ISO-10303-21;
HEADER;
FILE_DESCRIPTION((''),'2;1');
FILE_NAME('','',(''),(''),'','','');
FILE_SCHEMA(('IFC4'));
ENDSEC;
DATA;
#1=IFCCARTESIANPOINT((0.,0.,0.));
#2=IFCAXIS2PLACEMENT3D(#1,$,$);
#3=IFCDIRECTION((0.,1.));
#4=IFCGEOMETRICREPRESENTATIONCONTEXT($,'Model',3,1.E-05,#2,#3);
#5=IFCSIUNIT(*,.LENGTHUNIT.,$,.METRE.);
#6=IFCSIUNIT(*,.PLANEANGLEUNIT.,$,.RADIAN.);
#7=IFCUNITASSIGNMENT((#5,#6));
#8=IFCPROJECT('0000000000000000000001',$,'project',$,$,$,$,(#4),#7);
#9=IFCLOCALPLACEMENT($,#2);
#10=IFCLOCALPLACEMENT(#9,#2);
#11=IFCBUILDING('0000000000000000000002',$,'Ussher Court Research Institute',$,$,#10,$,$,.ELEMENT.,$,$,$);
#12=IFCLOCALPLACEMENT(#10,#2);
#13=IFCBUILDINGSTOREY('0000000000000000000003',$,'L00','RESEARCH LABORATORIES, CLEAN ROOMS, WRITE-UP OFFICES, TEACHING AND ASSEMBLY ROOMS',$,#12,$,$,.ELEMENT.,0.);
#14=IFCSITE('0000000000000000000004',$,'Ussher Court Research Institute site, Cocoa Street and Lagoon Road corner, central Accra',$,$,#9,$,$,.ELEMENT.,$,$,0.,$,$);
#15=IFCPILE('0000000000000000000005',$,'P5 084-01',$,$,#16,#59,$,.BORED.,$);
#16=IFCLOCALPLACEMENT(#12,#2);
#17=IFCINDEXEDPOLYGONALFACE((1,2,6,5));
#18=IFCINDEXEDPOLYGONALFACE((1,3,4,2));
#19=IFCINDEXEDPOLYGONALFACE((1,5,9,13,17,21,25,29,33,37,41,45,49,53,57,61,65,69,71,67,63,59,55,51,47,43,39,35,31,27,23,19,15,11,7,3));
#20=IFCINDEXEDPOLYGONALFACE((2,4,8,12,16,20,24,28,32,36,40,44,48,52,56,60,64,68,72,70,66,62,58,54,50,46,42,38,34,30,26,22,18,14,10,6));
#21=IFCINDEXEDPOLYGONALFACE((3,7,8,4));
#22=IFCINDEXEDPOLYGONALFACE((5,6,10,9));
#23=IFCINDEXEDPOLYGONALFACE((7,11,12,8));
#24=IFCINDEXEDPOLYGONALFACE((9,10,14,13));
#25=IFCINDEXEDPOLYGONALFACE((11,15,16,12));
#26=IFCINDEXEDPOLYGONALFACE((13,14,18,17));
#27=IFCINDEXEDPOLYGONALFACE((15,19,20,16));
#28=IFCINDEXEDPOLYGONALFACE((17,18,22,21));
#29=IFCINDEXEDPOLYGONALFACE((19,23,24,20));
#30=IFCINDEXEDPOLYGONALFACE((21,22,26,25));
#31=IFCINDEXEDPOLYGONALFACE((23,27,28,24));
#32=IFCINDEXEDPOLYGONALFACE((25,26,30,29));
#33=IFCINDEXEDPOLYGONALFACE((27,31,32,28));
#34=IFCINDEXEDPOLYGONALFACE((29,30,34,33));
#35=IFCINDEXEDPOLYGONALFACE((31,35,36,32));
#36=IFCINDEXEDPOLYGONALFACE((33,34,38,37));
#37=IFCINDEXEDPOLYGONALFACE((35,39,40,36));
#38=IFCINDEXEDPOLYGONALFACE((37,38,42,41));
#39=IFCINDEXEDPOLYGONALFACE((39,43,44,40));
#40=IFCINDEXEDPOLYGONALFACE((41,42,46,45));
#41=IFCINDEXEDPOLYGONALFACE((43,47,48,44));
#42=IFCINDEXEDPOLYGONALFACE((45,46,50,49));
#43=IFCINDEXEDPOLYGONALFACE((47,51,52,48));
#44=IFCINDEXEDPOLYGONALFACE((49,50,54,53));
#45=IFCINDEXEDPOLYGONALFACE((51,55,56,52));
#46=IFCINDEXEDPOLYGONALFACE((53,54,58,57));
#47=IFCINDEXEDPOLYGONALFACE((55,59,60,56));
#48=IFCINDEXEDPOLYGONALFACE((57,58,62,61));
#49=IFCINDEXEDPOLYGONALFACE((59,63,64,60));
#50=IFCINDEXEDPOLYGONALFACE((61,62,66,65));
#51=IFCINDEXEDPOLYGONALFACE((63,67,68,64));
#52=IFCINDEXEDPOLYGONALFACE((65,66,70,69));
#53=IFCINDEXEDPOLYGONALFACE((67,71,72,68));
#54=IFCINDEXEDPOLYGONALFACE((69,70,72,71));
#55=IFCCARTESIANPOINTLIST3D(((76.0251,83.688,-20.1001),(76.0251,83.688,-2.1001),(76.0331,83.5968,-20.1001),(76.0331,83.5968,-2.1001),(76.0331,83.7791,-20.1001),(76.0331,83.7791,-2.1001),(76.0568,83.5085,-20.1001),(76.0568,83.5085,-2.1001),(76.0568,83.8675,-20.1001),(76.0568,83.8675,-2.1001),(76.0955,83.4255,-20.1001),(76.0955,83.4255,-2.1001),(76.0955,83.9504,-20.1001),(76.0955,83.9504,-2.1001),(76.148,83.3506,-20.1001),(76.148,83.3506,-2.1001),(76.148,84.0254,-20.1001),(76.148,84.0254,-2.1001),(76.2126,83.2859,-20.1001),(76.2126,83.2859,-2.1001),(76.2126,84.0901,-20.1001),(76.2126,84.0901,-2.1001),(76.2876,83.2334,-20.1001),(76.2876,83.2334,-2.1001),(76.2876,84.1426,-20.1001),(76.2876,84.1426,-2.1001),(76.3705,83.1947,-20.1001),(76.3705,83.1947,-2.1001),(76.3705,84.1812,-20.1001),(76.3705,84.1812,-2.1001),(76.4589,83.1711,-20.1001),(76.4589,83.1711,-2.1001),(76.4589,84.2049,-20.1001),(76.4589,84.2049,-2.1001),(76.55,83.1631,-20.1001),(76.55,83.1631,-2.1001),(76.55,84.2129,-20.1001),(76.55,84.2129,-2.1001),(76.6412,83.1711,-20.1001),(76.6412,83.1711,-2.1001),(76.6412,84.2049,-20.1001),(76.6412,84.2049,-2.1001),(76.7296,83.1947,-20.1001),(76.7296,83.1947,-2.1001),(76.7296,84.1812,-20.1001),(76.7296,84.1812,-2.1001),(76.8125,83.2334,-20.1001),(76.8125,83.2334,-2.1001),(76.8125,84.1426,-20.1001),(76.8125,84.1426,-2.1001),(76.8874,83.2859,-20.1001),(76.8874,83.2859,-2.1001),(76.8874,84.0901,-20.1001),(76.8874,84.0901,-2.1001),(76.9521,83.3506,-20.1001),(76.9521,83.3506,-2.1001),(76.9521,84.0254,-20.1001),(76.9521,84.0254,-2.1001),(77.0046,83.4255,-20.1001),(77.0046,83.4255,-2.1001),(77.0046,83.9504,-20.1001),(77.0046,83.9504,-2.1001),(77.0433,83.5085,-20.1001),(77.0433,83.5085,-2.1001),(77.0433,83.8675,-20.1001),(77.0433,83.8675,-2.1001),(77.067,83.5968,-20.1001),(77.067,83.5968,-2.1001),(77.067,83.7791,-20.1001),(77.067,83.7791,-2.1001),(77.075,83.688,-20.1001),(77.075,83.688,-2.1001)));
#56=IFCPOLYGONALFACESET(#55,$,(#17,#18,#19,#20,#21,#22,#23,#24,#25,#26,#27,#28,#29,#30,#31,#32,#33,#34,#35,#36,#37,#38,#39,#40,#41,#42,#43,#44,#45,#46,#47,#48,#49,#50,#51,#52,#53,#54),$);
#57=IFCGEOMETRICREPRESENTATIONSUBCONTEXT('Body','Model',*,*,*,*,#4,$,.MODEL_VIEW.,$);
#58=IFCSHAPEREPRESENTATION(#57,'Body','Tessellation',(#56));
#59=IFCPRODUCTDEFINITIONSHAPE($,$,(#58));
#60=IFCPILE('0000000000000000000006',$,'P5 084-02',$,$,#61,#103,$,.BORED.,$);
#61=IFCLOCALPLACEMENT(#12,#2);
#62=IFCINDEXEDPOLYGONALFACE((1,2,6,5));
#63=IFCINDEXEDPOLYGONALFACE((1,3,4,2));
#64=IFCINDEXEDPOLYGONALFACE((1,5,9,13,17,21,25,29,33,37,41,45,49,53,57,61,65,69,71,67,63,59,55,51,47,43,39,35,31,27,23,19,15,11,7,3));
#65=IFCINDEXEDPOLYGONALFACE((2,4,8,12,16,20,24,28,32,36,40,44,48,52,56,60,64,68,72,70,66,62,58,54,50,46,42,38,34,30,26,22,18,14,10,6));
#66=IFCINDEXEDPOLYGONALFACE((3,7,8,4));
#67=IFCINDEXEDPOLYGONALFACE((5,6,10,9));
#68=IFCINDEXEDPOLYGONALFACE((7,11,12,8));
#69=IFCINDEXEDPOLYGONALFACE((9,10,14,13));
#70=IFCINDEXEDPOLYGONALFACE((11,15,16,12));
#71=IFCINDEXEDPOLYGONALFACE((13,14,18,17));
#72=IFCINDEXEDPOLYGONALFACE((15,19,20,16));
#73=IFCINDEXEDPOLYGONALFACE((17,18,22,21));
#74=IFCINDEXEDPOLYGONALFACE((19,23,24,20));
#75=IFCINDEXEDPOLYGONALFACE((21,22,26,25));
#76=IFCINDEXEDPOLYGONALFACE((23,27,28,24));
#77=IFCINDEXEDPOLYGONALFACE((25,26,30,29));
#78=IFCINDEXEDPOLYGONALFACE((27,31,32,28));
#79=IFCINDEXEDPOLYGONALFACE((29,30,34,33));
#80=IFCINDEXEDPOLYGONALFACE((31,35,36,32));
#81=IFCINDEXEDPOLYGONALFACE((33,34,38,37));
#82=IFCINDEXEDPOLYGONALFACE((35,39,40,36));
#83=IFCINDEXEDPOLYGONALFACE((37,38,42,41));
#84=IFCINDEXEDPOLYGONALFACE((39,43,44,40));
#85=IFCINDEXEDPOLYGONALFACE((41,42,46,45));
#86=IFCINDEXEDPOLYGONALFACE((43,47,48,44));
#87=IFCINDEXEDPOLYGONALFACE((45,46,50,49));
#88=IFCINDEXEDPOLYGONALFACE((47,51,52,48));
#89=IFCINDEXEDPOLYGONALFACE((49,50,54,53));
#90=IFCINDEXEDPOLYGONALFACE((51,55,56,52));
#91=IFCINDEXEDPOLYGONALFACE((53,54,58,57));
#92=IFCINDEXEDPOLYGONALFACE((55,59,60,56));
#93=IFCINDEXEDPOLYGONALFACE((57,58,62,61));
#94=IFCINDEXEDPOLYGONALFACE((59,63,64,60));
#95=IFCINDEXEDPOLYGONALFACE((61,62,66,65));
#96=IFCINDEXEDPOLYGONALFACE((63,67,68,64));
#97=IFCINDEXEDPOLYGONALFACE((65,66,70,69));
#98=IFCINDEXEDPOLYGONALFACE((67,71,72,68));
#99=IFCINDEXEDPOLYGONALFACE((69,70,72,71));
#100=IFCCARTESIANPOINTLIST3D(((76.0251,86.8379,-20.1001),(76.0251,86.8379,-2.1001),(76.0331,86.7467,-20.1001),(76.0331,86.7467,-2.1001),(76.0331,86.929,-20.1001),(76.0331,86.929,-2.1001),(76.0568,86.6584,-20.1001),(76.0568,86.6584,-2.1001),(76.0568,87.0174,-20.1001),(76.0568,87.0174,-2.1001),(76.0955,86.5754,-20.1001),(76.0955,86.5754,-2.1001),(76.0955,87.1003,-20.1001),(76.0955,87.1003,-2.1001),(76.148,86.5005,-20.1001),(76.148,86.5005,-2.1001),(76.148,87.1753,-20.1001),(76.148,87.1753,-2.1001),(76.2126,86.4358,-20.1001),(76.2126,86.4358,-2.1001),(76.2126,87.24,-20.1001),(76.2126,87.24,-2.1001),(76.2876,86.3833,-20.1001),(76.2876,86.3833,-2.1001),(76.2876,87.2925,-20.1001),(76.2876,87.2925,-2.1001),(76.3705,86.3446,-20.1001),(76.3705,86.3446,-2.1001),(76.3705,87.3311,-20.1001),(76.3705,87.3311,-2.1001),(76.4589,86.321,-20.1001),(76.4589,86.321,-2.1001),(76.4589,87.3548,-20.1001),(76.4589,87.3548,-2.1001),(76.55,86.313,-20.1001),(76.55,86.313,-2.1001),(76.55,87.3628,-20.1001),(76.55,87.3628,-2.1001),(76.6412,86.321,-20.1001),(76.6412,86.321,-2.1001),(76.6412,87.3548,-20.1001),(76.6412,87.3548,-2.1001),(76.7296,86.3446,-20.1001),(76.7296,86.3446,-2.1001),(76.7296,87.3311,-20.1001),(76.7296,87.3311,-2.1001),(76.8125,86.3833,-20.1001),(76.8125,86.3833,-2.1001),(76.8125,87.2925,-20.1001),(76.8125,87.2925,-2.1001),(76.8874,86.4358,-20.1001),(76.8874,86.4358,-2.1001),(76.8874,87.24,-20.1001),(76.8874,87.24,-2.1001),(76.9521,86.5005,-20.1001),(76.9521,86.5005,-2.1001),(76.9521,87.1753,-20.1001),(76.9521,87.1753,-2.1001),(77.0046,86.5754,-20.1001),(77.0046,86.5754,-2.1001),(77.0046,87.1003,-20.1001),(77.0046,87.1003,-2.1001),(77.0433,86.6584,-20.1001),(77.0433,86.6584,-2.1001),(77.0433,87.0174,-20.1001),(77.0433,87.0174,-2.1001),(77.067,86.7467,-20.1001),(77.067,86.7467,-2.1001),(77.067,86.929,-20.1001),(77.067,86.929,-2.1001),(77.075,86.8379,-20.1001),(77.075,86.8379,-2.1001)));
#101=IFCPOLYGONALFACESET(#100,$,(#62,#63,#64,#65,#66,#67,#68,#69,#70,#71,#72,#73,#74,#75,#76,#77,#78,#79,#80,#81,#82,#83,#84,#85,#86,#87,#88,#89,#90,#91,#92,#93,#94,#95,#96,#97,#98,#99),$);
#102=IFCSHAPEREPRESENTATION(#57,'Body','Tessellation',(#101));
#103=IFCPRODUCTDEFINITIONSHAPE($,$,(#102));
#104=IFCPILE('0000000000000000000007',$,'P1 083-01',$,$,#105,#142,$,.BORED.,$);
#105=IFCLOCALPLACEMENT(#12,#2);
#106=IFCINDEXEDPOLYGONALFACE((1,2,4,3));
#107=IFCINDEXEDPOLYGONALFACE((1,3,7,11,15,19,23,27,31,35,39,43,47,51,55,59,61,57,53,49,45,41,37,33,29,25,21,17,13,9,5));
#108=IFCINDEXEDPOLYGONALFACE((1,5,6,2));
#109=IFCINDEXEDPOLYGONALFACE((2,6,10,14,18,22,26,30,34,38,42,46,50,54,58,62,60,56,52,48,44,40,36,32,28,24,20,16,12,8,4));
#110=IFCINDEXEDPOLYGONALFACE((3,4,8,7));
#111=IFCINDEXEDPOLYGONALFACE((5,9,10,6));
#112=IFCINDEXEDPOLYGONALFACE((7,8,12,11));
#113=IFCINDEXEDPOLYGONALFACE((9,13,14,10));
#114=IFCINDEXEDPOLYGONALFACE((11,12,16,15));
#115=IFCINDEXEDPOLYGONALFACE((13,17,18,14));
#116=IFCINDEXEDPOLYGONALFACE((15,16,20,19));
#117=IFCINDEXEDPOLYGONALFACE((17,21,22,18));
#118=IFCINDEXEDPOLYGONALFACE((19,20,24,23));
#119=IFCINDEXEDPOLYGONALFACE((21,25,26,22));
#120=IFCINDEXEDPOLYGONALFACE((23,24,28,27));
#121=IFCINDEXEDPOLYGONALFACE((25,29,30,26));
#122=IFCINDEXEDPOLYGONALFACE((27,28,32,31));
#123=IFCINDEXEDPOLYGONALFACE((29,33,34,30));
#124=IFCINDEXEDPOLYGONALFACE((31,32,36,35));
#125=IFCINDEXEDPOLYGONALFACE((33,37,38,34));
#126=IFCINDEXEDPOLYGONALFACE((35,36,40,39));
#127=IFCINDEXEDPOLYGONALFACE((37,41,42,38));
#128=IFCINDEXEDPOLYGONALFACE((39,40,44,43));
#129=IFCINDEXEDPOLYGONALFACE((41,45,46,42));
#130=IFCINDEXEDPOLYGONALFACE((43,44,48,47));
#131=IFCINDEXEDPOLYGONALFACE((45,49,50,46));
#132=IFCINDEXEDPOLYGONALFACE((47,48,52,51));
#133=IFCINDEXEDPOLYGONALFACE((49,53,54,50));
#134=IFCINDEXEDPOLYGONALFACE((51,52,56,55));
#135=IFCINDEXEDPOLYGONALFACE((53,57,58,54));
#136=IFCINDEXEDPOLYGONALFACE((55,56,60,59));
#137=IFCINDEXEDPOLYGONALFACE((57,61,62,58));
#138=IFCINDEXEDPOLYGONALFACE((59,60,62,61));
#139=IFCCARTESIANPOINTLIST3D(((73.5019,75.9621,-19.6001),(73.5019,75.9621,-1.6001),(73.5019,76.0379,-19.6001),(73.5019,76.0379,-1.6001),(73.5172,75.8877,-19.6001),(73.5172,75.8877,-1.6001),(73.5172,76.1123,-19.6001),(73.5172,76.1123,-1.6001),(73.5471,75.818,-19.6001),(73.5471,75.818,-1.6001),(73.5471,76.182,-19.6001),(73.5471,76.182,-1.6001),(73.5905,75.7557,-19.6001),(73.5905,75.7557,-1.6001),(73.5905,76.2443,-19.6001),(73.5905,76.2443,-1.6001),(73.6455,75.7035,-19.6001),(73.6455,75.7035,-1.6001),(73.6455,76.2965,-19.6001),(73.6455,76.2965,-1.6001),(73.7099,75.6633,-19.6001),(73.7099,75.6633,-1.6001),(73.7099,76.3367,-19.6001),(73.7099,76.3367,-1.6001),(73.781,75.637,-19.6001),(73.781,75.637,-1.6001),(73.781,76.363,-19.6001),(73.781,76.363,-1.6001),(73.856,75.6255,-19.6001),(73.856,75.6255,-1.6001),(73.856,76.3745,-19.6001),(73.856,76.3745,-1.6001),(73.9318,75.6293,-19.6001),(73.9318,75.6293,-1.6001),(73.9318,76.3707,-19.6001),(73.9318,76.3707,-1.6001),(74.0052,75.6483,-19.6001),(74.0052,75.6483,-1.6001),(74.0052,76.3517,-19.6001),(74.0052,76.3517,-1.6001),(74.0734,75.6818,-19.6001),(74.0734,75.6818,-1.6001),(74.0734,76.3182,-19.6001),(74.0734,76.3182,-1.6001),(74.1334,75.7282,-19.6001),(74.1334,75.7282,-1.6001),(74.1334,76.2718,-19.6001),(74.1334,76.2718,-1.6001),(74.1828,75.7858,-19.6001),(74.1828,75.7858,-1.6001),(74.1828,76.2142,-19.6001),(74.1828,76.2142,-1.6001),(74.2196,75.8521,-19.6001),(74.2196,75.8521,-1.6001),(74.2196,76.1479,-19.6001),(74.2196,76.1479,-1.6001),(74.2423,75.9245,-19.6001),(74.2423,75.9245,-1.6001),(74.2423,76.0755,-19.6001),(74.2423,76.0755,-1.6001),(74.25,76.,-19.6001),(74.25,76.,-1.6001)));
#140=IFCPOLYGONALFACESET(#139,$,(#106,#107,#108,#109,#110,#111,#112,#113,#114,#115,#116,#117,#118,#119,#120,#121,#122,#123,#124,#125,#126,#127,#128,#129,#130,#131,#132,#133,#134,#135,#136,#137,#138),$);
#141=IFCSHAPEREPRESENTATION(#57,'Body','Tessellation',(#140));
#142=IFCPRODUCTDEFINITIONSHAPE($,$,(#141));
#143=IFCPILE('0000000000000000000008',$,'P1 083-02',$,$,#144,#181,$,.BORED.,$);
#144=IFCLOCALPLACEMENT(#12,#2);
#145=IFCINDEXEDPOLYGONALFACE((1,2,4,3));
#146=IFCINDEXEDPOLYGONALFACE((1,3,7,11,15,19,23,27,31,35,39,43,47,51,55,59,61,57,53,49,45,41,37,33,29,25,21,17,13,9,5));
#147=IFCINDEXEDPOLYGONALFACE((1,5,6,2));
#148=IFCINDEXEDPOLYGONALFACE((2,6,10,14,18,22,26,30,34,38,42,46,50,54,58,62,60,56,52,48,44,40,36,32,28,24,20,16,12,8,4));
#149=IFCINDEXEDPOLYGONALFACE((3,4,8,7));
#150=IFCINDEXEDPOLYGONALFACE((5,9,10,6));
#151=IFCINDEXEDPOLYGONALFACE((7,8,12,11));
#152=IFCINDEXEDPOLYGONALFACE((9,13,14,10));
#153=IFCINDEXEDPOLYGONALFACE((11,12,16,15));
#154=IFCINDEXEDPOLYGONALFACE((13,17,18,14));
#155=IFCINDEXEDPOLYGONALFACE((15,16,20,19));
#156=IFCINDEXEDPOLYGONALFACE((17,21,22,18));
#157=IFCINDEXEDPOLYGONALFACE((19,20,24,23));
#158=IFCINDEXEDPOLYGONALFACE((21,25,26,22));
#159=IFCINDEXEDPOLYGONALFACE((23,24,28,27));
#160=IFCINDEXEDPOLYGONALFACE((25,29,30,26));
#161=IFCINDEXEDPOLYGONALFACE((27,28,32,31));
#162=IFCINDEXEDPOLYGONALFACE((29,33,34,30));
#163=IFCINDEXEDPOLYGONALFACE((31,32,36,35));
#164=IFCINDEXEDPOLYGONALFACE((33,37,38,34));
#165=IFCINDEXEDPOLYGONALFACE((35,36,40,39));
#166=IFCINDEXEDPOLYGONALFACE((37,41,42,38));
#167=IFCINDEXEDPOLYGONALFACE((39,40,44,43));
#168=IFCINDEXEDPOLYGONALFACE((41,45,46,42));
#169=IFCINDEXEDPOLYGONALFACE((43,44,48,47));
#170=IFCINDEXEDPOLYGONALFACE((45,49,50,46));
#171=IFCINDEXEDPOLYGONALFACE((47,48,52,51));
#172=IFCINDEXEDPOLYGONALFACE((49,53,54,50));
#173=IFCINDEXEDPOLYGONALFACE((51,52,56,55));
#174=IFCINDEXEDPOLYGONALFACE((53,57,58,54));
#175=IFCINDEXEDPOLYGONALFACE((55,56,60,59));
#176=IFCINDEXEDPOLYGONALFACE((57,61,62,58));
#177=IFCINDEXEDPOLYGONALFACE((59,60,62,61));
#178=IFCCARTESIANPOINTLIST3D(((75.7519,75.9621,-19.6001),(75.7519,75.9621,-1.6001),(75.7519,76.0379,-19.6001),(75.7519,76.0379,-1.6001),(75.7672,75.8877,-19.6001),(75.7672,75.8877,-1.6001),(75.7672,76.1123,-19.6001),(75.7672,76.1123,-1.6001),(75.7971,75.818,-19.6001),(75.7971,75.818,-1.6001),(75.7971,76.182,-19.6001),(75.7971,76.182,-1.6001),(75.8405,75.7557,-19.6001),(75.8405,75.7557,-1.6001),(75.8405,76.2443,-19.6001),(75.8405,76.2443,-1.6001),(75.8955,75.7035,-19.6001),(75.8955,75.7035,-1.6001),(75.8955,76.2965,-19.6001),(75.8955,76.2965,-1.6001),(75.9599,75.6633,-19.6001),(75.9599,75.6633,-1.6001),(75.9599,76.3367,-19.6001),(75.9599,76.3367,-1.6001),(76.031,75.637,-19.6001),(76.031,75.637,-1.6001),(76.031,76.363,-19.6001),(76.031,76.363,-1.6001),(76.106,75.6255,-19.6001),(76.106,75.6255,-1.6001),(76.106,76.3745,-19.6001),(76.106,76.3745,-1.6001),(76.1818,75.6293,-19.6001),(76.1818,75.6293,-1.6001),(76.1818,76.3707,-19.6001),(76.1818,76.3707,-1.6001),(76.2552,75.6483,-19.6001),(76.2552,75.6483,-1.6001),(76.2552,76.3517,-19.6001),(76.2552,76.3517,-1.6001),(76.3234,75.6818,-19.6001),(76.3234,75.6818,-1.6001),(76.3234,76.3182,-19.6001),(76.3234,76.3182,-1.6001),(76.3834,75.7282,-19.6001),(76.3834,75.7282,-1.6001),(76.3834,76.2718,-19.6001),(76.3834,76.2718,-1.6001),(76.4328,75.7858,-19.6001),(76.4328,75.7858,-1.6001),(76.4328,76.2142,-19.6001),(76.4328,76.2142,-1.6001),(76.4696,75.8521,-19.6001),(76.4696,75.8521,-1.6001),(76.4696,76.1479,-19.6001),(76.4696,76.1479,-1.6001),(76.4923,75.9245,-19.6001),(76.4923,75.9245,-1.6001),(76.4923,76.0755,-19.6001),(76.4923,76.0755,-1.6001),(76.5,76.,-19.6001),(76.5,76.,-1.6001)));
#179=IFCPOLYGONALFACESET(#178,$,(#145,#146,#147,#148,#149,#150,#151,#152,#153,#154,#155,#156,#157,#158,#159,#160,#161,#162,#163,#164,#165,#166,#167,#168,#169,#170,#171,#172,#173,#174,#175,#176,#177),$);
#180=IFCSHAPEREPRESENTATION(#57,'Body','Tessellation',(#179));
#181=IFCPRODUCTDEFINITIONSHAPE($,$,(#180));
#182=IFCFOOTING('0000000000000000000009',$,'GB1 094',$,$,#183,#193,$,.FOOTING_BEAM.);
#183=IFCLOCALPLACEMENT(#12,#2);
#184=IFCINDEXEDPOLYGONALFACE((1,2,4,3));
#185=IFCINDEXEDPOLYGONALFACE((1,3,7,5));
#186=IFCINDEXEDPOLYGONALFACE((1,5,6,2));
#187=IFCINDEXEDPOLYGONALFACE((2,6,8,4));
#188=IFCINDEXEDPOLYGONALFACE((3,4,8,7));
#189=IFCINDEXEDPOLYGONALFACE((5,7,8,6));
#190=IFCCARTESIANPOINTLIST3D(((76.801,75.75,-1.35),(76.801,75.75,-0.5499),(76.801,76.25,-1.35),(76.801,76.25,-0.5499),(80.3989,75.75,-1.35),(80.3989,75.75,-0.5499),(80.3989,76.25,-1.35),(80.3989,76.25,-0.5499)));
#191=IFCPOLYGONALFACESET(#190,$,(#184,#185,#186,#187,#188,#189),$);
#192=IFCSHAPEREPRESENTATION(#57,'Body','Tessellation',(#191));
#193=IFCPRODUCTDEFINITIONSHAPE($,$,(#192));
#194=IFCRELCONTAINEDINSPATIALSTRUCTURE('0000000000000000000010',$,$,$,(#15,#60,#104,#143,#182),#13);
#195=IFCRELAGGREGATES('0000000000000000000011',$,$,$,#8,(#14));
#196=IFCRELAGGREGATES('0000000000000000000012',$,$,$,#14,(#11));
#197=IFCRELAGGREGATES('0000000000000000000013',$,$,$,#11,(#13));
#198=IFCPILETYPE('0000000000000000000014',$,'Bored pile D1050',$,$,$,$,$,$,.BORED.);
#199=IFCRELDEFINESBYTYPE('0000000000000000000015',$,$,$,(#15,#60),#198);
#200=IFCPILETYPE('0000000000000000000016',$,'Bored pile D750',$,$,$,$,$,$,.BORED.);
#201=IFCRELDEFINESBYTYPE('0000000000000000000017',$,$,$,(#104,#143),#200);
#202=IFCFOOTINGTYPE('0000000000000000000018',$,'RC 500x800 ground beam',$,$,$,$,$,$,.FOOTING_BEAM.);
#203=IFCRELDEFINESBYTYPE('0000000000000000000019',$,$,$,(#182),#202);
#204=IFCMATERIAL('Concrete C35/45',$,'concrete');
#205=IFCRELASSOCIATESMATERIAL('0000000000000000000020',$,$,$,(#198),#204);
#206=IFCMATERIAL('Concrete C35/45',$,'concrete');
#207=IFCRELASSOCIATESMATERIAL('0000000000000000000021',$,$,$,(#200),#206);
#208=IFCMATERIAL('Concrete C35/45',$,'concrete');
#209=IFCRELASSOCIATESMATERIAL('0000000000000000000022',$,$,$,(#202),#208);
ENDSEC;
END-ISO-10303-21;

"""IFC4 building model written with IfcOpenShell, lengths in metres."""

from ifc_helpers import new_model, si_unit, direction, frame, origin, origin_2d, place, context, subcontext, project, spatial, rectangle, circle, extrude, material, material_profile, profile_set, type_object, element, save


model = new_model("IFC4")

# Units and contexts
model_context = context("Model", 3, precision=1e-05, world=origin(), true_north=direction((0.0, 1.0)))
body_context = subcontext(model_context, "Body", "Model", "MODEL_VIEW")
ifc_project = project(units=[si_unit("LENGTHUNIT", "METRE"), si_unit("PLANEANGLEUNIT", "RADIAN")], contexts=[model_context])

# Site, building, storey
site_placement = place(None, origin())
site = spatial("IfcSite", under=ifc_project, at=site_placement, Name="Ussher Court Research Institute site, Cocoa Street and Lagoon Road corner, central Accra", CompositionType="ELEMENT", RefElevation=0.0)
building_placement = place(site_placement, origin())
building = spatial("IfcBuilding", under=site, at=building_placement, Name="Ussher Court Research Institute", CompositionType="ELEMENT")
storey_placement = place(building_placement, origin())
storey = spatial("IfcBuildingStorey", under=building, at=storey_placement, Name="L00", Description="RESEARCH LABORATORIES, CLEAN ROOMS, WRITE-UP OFFICES, TEACHING AND ASSEMBLY ROOMS", CompositionType="ELEMENT", Elevation=0.0)

# Piles
ifc_material_1 = material(Name="Concrete C35/45", Category="concrete")
ifc_material_profile_1 = material_profile(ifc_material_1, circle(Radius=0.5249, at=origin_2d()), Name="RC D1050")
ifc_profile_set_1 = profile_set([ifc_material_profile_1], Name="Concrete C35/45")
pile_type_1 = type_object("IfcPileType", Name="Bored pile D1050", PredefinedType="BORED", material=ifc_profile_set_1)
for number, where, z_axis, x_axis, name in (
    (1, (76.55, 83.688, -2.1001), (0.0, 0.0, -1.0), (1.0, 0.0, 0.0), "P5 084-01"),
    (2, (76.55, 86.8379, -2.1001), (0.0, 0.0, -1.0), (1.0, 0.0, 0.0), "P5 084-02"),
):
    element("IfcPile", number, at=place(storey_placement, frame(where, z_axis=z_axis, x_axis=x_axis)), inside=storey, type_object=pile_type_1, Name=name, PredefinedType="BORED", context=body_context, shape_type="SweptSolid", body=[
        extrude(circle(Radius=0.5249, at=origin_2d()), origin(), (0.0, 0.0, 1.0), 18.0),
    ])
ifc_material_2 = material(Name="Concrete C35/45", Category="concrete")
ifc_material_profile_2 = material_profile(ifc_material_2, circle(Radius=0.375, at=origin_2d()), Name="RC D750")
ifc_profile_set_2 = profile_set([ifc_material_profile_2], Name="Concrete C35/45")
pile_type_2 = type_object("IfcPileType", Name="Bored pile D750", PredefinedType="BORED", material=ifc_profile_set_2)
for number, where, z_axis, x_axis, name in (
    (3, (73.875, 76.0, -1.6001), (0.0, 0.0, -1.0), (1.0, 0.0, 0.0), "P1 083-01"),
    (4, (76.125, 76.0, -1.6001), (0.0, 0.0, -1.0), (1.0, 0.0, 0.0), "P1 083-02"),
):
    element("IfcPile", number, at=place(storey_placement, frame(where, z_axis=z_axis, x_axis=x_axis)), inside=storey, type_object=pile_type_2, Name=name, PredefinedType="BORED", context=body_context, shape_type="SweptSolid", body=[
        extrude(circle(Radius=0.375, at=origin_2d()), origin(), (0.0, 0.0, 1.0), 18.0),
    ])

# Footing
ifc_material_3 = material(Name="Concrete C35/45", Category="concrete")
ifc_material_profile_3 = material_profile(ifc_material_3, rectangle(XDim=0.5, YDim=0.8, at=origin_2d()), Name="RC 500x800")
ifc_profile_set_3 = profile_set([ifc_material_profile_3], Name="Concrete C35/45")
footing_type_1 = type_object("IfcFootingType", Name="RC 500x800 ground beam", PredefinedType="FOOTING_BEAM", material=ifc_profile_set_3)
footing_1_placement = place(storey_placement, frame((76.801, 76.0, -0.95), z_axis=(1.0, 0.0, 0.0), x_axis=(0.0, 1.0, 0.0)))
element("IfcFooting", 5, at=footing_1_placement, inside=storey, type_object=footing_type_1, Name="GB1 094", PredefinedType="FOOTING_BEAM", context=body_context, shape_type="SweptSolid", body=[
    extrude(rectangle(XDim=0.5, YDim=0.8, at=origin_2d()), origin(), (0.0, 0.0, 1.0), 3.5979),
])

save(model, "model.ifc")
